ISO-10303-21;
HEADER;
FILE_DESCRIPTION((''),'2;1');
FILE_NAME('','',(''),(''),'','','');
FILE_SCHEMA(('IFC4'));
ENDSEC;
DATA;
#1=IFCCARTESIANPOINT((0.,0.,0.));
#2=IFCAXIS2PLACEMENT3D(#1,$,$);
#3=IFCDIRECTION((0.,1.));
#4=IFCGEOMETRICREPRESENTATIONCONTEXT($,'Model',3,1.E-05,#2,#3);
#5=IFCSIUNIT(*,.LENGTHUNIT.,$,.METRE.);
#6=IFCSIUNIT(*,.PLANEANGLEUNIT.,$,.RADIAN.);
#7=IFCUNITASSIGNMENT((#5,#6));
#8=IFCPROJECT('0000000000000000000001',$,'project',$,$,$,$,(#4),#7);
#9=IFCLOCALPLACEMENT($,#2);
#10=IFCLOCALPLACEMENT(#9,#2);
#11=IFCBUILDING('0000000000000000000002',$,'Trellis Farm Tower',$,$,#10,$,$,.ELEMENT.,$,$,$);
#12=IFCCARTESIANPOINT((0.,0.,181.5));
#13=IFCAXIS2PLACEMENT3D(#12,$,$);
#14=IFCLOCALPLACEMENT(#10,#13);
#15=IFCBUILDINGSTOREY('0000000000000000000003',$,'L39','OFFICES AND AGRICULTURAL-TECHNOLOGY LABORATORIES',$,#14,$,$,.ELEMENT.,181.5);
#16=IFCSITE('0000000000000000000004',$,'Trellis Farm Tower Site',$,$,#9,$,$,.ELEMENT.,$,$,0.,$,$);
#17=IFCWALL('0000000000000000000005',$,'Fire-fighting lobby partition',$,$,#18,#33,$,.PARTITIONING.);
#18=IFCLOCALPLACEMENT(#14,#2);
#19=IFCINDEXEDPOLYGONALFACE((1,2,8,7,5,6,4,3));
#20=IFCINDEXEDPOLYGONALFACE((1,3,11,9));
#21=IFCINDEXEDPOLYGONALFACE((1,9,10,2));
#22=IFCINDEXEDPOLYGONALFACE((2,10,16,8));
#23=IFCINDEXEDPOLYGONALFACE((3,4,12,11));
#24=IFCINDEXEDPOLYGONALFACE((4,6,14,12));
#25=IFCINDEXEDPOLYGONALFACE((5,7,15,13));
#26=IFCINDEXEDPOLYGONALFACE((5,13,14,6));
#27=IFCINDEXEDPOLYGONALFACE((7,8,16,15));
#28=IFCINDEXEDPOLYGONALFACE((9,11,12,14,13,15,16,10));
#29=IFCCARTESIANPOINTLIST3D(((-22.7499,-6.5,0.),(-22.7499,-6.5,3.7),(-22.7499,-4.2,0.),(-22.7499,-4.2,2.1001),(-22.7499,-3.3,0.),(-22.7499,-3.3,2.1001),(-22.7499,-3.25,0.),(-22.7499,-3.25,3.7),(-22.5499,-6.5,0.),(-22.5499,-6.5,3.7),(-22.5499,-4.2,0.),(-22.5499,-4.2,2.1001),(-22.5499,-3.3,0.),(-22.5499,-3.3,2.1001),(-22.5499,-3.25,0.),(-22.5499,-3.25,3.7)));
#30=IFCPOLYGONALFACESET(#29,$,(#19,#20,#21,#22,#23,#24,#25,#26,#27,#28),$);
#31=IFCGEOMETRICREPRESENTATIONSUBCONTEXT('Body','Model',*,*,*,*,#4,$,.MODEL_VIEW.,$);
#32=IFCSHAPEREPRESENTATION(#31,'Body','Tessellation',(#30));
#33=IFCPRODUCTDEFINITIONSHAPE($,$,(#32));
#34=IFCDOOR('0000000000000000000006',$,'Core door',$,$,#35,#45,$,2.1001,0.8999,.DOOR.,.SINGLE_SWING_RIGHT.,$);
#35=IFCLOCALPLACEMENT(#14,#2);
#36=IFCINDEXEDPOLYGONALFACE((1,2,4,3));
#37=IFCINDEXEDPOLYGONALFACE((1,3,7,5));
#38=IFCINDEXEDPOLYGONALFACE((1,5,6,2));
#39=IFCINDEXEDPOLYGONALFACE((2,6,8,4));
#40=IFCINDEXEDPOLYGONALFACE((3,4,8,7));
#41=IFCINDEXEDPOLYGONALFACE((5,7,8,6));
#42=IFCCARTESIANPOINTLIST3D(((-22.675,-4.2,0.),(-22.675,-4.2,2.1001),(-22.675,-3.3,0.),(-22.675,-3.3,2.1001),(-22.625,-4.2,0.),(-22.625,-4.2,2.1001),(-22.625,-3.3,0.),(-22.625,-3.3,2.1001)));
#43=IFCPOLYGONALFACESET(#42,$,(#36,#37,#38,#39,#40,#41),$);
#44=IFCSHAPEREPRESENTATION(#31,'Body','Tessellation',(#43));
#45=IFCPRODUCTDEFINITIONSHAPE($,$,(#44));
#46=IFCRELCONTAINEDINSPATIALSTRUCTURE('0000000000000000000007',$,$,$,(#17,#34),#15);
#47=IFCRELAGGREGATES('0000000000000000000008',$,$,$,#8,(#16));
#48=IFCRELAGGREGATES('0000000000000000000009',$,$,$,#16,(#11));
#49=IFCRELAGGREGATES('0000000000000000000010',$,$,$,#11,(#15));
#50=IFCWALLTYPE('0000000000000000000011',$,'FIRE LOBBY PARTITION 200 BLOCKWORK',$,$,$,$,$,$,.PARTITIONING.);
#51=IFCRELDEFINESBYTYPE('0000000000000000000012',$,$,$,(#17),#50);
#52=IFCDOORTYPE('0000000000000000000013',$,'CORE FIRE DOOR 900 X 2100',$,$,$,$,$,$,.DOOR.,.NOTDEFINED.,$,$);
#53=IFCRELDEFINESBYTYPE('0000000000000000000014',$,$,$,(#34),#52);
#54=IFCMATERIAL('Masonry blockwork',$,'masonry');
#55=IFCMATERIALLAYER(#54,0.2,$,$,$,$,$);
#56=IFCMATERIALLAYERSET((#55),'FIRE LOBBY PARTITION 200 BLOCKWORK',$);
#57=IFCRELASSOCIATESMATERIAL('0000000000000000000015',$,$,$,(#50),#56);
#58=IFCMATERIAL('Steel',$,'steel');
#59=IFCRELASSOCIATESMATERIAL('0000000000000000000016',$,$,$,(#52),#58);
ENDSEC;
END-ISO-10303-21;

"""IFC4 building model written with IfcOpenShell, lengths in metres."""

from ifc_helpers import new_model, si_unit, direction, frame, frame_2d, origin, place, context, subcontext, project, spatial, rectangle, extrude, source, transform, mapped, material, layer, layer_set, type_object, element, fill, save


model = new_model("IFC4")

# Units and contexts
model_context = context("Model", 3, precision=1e-05, world=origin(), true_north=direction((0.0, 1.0)))
body_context = subcontext(model_context, "Body", "Model", "MODEL_VIEW")
ifc_project = project(units=[si_unit("LENGTHUNIT", "METRE"), si_unit("PLANEANGLEUNIT", "RADIAN")], contexts=[model_context])

# Site, building, storey
site_placement = place(None, origin())
site = spatial("IfcSite", under=ifc_project, at=site_placement, Name="Trellis Farm Tower Site", CompositionType="ELEMENT", RefElevation=0.0)
building_placement = place(site_placement, origin())
building = spatial("IfcBuilding", under=site, at=building_placement, Name="Trellis Farm Tower", CompositionType="ELEMENT")
storey_placement = place(building_placement, frame((0.0, 0.0, 181.5)))
storey = spatial("IfcBuildingStorey", under=building, at=storey_placement, Name="L39", Description="OFFICES AND AGRICULTURAL-TECHNOLOGY LABORATORIES", CompositionType="ELEMENT", Elevation=181.5)

# Wall, opening, door
ifc_material_1 = material(Name="Masonry blockwork", Category="masonry")
ifc_layer_1 = layer(ifc_material_1, 0.2)
ifc_layer_set_1 = layer_set([ifc_layer_1], Name="FIRE LOBBY PARTITION 200 BLOCKWORK")
wall_type_1 = type_object("IfcWallType", Name="FIRE LOBBY PARTITION 200 BLOCKWORK", PredefinedType="PARTITIONING", material=ifc_layer_set_1)
shared_shape_1 = source(origin(), body_context, "Body", "SweptSolid", [
    extrude(rectangle(XDim=3.25, YDim=0.2, at=frame_2d((1.625, 0.0))), origin(), (0.0, 0.0, 1.0), 3.7),
])
ifc_material_2 = material(Name="Steel", Category="steel")
wall_1_placement = place(storey_placement, frame((-22.6499, -3.25, 0.0), z_axis=(0.0, 0.0, 1.0), x_axis=(0.0, -1.0, 0.0)))
wall_1 = element("IfcWall", 1, at=wall_1_placement, inside=storey, type_object=wall_type_1, Name="Fire-fighting lobby partition", PredefinedType="PARTITIONING", context=body_context, shape_type="MappedRepresentation", body=[
    mapped(shared_shape_1, transform((0.0, 0.0, 0.0))),
])
shared_shape_2 = source(origin(), body_context, "Body", "SweptSolid", [
    extrude(rectangle(XDim=0.8999, YDim=2.1001, at=frame_2d((0.45, 1.05))), frame((0.0, 0.1101, 0.0), z_axis=(0.0, -1.0, 0.0), x_axis=(1.0, 0.0, 0.0)), (0.0, 0.0, 1.0), 0.2202),
])
opening_1_placement = place(wall_1_placement, frame((0.05, 0.0, 0.0)))
opening_1 = element("IfcOpeningElement", 2, at=opening_1_placement, cuts=wall_1, PredefinedType="OPENING", context=body_context, shape_type="MappedRepresentation", body=[
    mapped(shared_shape_2, transform((0.0, 0.0, 0.0))),
])
door_type_1 = type_object("IfcDoorType", Name="CORE FIRE DOOR 900 X 2100", OperationType="NOTDEFINED", PredefinedType="DOOR", material=ifc_material_2)
shared_shape_3 = source(origin(), body_context, "Body", "SweptSolid", [
    extrude(rectangle(XDim=0.8999, YDim=2.1001, at=frame_2d((0.45, 1.05))), frame((0.0, 0.0249, 0.0), z_axis=(0.0, -1.0, 0.0), x_axis=(1.0, 0.0, 0.0)), (0.0, 0.0, 1.0), 0.05),
])
door_1_placement = place(opening_1_placement, origin())
door_1 = element("IfcDoor", 3, at=door_1_placement, inside=storey, type_object=door_type_1, Name="Core door", OperationType="SINGLE_SWING_RIGHT", OverallHeight=2.1001, OverallWidth=0.8999, PredefinedType="DOOR", context=body_context, shape_type="MappedRepresentation", body=[
    mapped(shared_shape_3, transform((0.0, 0.0, 0.0))),
])
fill(opening_1, door_1)

save(model, "model.ifc")
